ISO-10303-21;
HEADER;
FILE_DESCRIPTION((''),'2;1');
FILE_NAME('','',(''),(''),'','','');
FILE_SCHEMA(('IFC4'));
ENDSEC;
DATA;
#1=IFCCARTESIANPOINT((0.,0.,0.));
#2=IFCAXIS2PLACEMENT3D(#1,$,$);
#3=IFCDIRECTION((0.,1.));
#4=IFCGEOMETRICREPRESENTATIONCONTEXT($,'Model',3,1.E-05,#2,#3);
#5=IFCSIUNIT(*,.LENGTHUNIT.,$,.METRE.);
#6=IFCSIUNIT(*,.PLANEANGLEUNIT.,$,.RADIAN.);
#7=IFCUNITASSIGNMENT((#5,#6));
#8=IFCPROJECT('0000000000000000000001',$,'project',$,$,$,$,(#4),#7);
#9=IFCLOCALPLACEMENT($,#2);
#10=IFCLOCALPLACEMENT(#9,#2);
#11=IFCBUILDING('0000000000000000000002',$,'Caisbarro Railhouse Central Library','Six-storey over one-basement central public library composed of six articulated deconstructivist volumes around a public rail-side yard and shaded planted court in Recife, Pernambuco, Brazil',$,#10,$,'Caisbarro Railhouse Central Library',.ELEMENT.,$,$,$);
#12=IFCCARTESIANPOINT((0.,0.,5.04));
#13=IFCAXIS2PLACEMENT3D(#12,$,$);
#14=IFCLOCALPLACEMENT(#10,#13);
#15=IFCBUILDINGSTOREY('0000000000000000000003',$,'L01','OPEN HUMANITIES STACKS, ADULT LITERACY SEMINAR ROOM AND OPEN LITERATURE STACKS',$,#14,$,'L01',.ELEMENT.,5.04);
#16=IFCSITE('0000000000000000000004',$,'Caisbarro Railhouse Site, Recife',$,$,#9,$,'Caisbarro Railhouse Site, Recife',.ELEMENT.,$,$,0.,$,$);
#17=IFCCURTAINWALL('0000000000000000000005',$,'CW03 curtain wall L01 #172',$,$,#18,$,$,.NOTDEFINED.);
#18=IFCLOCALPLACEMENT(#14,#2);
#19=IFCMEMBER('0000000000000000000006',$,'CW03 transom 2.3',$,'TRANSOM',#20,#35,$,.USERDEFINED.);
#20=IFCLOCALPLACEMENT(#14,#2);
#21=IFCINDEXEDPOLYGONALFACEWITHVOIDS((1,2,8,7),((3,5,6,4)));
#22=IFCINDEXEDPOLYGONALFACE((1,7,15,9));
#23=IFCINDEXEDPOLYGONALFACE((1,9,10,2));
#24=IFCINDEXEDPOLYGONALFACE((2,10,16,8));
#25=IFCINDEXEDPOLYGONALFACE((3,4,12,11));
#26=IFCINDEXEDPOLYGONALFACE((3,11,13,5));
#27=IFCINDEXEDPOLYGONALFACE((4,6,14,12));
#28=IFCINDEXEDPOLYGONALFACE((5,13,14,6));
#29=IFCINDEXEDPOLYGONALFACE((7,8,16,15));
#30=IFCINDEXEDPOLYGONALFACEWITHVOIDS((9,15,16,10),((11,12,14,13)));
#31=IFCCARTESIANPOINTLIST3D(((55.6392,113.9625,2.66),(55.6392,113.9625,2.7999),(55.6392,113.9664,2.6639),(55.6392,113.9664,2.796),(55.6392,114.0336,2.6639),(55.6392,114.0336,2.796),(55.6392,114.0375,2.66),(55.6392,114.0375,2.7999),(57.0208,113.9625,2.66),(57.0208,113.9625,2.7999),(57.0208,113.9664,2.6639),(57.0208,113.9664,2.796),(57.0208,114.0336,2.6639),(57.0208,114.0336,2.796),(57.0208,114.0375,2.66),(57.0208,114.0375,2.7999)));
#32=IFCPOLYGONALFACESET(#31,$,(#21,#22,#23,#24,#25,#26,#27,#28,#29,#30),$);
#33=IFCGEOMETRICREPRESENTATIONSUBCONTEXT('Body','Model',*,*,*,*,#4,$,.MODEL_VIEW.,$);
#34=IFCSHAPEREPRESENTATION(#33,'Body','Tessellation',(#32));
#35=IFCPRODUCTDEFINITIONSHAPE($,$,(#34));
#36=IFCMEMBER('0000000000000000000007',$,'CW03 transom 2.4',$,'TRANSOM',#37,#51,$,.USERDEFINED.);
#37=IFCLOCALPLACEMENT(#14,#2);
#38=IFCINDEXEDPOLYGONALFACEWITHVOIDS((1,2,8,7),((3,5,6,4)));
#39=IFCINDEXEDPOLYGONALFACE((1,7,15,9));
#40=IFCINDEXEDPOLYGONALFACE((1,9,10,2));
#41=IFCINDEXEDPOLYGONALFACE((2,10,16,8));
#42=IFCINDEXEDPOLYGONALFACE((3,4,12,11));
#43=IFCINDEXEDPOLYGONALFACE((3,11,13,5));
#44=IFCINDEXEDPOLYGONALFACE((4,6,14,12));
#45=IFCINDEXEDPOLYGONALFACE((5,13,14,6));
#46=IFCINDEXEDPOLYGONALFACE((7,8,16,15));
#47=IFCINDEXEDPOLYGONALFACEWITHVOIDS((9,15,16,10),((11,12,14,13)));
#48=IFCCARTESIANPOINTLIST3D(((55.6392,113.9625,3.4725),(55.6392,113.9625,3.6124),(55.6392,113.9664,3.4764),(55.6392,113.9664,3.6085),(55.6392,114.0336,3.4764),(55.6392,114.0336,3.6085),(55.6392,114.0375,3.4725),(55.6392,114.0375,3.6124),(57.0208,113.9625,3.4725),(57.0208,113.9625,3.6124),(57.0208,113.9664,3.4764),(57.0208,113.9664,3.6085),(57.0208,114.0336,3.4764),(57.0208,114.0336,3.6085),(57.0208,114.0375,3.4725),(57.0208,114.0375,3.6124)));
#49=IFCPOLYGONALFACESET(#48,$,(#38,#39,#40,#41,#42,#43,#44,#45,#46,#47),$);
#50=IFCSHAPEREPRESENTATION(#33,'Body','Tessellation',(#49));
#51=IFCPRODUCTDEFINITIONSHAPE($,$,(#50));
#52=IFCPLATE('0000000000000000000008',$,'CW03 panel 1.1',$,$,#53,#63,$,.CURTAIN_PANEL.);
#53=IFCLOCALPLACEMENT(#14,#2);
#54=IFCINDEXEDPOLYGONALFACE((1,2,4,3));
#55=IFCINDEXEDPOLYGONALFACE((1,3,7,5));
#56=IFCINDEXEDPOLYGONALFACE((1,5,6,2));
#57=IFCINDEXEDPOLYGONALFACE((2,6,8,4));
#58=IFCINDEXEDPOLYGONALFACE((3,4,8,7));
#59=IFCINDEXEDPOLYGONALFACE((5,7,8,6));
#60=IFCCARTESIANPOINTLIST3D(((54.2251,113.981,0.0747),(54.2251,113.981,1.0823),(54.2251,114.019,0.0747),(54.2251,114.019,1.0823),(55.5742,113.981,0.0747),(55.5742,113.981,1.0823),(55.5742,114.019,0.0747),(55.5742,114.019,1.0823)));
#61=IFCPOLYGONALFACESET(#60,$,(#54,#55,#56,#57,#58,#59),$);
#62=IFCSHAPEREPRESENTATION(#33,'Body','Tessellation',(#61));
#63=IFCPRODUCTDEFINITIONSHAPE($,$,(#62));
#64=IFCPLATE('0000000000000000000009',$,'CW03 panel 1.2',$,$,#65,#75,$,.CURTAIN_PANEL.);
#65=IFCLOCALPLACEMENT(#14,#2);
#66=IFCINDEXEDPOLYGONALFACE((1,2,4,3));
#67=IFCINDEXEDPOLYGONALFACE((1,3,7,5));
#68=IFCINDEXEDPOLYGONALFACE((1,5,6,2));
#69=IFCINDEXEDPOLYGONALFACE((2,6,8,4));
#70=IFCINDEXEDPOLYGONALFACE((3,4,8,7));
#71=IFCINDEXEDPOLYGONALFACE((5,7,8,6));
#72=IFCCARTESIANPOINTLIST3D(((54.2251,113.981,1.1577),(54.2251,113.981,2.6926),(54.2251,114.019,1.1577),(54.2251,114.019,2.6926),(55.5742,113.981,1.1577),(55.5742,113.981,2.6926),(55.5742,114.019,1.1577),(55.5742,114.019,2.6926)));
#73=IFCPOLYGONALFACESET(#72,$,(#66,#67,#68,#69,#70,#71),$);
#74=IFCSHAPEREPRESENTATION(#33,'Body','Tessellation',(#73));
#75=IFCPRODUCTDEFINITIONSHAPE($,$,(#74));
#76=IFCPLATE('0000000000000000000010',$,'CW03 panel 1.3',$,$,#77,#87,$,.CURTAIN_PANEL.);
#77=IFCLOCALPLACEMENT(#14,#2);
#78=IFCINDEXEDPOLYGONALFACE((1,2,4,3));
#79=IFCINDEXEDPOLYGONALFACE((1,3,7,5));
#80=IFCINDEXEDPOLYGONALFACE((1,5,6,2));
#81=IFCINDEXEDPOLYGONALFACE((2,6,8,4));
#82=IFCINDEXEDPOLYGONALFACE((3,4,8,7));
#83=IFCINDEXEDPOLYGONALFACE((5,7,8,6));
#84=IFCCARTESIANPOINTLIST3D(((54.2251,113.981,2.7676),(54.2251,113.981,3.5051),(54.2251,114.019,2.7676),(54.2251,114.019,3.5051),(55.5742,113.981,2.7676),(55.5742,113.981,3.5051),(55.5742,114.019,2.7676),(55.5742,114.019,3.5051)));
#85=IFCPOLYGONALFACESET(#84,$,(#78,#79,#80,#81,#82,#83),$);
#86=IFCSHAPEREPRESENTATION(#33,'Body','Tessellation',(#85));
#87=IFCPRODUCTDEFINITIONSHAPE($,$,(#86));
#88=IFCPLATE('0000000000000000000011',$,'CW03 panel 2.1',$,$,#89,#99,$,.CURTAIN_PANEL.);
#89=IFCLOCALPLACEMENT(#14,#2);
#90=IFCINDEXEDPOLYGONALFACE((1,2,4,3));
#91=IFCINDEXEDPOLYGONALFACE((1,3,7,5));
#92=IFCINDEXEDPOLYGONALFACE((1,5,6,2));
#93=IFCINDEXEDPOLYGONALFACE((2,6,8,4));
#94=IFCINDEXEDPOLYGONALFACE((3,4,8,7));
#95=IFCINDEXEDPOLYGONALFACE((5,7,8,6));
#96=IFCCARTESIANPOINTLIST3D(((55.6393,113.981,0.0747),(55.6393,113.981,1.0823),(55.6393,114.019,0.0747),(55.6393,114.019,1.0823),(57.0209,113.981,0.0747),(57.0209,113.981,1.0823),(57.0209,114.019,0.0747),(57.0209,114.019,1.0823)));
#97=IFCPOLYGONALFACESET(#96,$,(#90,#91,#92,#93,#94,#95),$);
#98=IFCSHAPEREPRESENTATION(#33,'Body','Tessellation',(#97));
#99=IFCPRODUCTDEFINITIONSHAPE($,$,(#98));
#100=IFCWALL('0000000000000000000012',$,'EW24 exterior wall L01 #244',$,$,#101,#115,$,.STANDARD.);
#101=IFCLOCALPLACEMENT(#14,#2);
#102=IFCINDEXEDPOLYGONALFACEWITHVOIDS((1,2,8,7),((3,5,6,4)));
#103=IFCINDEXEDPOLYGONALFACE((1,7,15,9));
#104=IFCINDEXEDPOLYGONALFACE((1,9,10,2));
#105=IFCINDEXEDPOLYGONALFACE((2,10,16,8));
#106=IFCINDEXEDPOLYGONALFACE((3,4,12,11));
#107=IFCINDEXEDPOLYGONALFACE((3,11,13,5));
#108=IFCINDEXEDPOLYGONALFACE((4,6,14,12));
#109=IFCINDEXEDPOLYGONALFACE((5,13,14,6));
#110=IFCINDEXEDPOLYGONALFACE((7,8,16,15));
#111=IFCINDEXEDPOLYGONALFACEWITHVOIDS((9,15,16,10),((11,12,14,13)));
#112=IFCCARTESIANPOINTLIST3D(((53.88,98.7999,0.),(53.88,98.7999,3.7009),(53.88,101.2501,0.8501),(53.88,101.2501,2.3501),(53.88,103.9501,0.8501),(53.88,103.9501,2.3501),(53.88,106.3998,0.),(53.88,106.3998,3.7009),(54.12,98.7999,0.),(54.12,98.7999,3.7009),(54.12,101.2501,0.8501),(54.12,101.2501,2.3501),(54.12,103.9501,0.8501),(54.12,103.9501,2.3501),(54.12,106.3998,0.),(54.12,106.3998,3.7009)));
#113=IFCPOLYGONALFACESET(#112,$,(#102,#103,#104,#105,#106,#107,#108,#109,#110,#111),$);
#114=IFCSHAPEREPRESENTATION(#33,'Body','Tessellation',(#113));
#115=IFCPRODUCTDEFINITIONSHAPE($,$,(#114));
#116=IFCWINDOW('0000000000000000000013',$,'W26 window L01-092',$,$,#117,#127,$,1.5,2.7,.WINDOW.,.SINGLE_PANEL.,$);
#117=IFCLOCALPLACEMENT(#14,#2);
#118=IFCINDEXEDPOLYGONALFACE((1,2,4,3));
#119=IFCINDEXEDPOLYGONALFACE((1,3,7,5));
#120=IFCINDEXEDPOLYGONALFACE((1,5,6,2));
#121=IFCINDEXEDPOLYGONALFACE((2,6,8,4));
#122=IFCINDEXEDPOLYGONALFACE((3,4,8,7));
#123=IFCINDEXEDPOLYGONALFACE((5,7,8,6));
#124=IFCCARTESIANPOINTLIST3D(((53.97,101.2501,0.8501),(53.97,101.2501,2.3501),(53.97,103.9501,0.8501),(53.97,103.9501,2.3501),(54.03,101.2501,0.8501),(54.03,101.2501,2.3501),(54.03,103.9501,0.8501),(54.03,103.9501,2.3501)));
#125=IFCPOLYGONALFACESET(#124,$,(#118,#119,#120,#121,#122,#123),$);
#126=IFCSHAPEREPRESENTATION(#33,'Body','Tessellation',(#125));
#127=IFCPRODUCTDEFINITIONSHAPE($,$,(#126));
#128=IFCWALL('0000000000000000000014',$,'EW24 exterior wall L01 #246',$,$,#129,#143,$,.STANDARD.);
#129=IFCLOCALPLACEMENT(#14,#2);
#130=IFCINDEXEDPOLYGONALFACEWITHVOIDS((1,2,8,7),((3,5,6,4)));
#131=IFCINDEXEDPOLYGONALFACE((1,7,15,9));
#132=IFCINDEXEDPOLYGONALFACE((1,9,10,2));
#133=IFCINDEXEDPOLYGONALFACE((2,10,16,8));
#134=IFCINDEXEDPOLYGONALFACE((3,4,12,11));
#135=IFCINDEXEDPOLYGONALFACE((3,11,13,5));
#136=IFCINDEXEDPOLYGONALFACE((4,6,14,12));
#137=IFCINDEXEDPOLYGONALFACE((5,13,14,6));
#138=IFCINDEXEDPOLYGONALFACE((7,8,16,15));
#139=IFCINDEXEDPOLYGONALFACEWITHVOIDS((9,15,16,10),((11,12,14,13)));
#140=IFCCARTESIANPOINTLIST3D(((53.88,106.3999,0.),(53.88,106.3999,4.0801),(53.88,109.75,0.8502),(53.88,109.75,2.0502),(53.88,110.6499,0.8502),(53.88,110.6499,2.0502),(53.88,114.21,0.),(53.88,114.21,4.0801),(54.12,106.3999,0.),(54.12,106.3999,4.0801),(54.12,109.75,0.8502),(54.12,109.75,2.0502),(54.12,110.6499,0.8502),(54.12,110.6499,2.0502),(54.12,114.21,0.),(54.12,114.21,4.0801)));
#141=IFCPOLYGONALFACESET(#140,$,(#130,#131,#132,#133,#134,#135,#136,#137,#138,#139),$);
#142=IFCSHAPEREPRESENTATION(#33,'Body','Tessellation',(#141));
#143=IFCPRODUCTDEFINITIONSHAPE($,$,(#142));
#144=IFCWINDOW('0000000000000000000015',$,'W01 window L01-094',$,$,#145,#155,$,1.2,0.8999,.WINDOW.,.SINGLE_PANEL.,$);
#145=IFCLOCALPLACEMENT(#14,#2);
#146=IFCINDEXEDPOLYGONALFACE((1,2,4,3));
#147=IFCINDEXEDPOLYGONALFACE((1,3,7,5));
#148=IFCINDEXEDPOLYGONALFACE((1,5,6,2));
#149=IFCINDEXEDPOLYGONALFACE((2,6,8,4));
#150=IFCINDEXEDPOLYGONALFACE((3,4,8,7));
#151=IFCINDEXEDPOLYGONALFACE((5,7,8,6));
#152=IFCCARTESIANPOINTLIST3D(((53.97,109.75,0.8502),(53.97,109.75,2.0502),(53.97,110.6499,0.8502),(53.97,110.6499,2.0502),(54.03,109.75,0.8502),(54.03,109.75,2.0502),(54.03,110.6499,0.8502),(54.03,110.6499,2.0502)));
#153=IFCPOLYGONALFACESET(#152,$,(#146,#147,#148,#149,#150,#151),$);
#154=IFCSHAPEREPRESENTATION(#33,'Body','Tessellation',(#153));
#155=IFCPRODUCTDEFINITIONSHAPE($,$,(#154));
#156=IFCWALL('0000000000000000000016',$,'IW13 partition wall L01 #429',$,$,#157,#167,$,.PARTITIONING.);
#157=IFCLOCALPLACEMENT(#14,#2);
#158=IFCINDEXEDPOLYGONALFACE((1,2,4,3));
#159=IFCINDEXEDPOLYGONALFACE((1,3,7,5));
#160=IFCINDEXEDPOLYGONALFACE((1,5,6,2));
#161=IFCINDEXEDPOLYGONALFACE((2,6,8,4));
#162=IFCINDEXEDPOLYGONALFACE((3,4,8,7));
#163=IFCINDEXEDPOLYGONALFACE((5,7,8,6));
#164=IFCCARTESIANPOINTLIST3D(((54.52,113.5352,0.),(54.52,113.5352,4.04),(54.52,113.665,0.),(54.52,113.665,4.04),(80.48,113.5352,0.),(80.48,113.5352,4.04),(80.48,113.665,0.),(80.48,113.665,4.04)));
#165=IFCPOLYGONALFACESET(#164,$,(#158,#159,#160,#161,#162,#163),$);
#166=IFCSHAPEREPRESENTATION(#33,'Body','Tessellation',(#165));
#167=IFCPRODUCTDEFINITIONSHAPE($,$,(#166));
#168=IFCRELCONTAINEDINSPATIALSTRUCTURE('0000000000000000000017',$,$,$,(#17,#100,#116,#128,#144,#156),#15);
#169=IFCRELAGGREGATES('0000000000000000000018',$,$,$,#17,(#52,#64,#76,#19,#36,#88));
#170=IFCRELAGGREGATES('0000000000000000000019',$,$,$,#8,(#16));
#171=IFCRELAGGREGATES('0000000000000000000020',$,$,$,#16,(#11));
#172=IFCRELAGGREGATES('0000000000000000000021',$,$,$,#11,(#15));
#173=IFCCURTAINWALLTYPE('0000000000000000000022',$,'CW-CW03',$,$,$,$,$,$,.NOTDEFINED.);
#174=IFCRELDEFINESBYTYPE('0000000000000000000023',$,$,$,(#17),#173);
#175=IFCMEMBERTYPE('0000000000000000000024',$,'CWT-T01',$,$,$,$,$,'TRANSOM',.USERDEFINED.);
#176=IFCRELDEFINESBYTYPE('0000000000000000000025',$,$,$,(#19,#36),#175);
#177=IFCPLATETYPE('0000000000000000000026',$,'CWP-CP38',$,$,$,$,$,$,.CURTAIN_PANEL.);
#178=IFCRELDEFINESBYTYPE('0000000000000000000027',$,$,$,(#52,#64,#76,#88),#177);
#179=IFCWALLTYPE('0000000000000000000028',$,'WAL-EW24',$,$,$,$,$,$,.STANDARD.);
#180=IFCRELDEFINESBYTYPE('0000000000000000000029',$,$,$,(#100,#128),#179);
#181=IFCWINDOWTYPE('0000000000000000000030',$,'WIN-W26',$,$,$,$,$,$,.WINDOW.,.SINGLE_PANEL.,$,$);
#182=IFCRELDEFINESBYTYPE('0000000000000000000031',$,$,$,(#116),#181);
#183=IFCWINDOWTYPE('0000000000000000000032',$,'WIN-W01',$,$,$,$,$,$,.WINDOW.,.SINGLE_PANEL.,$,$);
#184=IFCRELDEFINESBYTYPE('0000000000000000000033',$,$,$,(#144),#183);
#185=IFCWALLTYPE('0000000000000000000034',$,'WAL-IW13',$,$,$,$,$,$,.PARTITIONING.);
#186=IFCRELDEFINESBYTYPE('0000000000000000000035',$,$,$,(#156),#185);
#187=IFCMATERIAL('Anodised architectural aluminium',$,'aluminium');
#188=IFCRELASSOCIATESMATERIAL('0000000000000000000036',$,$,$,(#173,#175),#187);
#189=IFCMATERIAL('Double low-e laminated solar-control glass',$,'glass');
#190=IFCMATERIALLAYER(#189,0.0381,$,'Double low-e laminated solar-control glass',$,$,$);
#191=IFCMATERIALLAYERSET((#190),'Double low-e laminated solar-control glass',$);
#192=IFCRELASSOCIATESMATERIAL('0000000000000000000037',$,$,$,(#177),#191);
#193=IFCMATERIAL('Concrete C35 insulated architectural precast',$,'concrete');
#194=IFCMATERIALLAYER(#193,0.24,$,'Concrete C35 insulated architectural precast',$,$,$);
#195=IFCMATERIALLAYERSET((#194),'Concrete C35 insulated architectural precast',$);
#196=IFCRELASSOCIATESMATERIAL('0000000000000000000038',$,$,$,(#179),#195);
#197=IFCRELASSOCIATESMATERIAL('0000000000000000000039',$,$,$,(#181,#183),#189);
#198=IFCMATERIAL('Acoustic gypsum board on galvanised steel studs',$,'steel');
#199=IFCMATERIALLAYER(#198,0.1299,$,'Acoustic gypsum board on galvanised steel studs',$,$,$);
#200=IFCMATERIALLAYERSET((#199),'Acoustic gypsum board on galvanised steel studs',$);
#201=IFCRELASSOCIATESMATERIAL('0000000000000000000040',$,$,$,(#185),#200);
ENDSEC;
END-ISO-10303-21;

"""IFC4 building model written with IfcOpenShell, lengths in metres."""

from ifc_helpers import new_model, si_unit, direction, frame, frame_2d, origin, origin_2d, place, context, subcontext, project, spatial, rectangle, hollow_rectangle, extrude, material, layer, layer_set, material_profile, profile_set, type_object, element, fill, aggregate, save


model = new_model("IFC4")

# Units and contexts
model_context = context("Model", 3, precision=1e-05, world=origin(), true_north=direction((0.0, 1.0)))
body_context = subcontext(model_context, "Body", "Model", "MODEL_VIEW")
ifc_project = project(units=[si_unit("LENGTHUNIT", "METRE"), si_unit("PLANEANGLEUNIT", "RADIAN")], contexts=[model_context])

# Site, building, storey
site_placement = place(None, origin())
site = spatial("IfcSite", under=ifc_project, at=site_placement, Name="Caisbarro Railhouse Site, Recife", LongName="Caisbarro Railhouse Site, Recife", CompositionType="ELEMENT", RefElevation=0.0)
building_placement = place(site_placement, origin())
building = spatial("IfcBuilding", under=site, at=building_placement, Name="Caisbarro Railhouse Central Library", Description="Six-storey over one-basement central public library composed of six articulated deconstructivist volumes around a public rail-side yard and shaded planted court in Recife, Pernambuco, Brazil", LongName="Caisbarro Railhouse Central Library", CompositionType="ELEMENT")
storey_placement = place(building_placement, frame((0.0, 0.0, 5.04)))
storey = spatial("IfcBuildingStorey", under=building, at=storey_placement, Name="L01", Description="OPEN HUMANITIES STACKS, ADULT LITERACY SEMINAR ROOM AND OPEN LITERATURE STACKS", LongName="L01", CompositionType="ELEMENT", Elevation=5.04)

# Curtain wall, members, plates
ifc_material_1 = material(Name="Anodised architectural aluminium", Category="aluminium")
curtain_wall_type = type_object("IfcCurtainWallType", Name="CW-CW03", PredefinedType="NOTDEFINED", material=ifc_material_1)
curtain_wall_placement = place(storey_placement, origin())
curtain_wall = element("IfcCurtainWall", 1, at=curtain_wall_placement, inside=storey, type_object=curtain_wall_type, Name="CW03 curtain wall L01 #172", PredefinedType="NOTDEFINED")
ifc_material_profile_1 = material_profile(ifc_material_1, hollow_rectangle(XDim=0.075, YDim=0.1399, WallThickness=0.0039, at=origin_2d()), Name="ALU-TRN-75X140")
ifc_profile_set_1 = profile_set([ifc_material_profile_1], Name="Anodised architectural aluminium")
member_type_1 = type_object("IfcMemberType", Name="CWT-T01", ElementType="TRANSOM", PredefinedType="USERDEFINED", material=ifc_profile_set_1)
member_1_placement = place(storey_placement, frame((55.6392, 114.0, 2.73), z_axis=(1.0, 0.0, 0.0), x_axis=(0.0, 1.0, 0.0)))
member_1 = element("IfcMember", 2, at=member_1_placement, type_object=member_type_1, Name="CW03 transom 2.3", ObjectType="TRANSOM", PredefinedType="USERDEFINED", context=body_context, shape_type="SweptSolid", body=[
    extrude(hollow_rectangle(XDim=0.075, YDim=0.1399, WallThickness=0.0039, at=origin_2d()), origin(), (0.0, 0.0, 1.0), 1.3816),
])
member_2_placement = place(storey_placement, frame((55.6392, 114.0, 3.5425), z_axis=(1.0, 0.0, 0.0), x_axis=(0.0, 1.0, 0.0)))
member_2 = element("IfcMember", 3, at=member_2_placement, type_object=member_type_1, Name="CW03 transom 2.4", ObjectType="TRANSOM", PredefinedType="USERDEFINED", context=body_context, shape_type="SweptSolid", body=[
    extrude(hollow_rectangle(XDim=0.075, YDim=0.1399, WallThickness=0.0039, at=origin_2d()), origin(), (0.0, 0.0, 1.0), 1.3816),
])
ifc_material_2 = material(Name="Double low-e laminated solar-control glass", Category="glass")
ifc_layer_1 = layer(ifc_material_2, 0.0381, Name="Double low-e laminated solar-control glass")
ifc_layer_set_1 = layer_set([ifc_layer_1], Name="Double low-e laminated solar-control glass")
plate_type = type_object("IfcPlateType", Name="CWP-CP38", PredefinedType="CURTAIN_PANEL", material=ifc_layer_set_1)
plate_1_placement = place(storey_placement, frame((54.8997, 114.0, 0.0747), z_axis=(0.0, 0.0, 1.0), x_axis=(1.0, 0.0, 0.0)))
plate_1 = element("IfcPlate", 4, at=plate_1_placement, type_object=plate_type, Name="CW03 panel 1.1", PredefinedType="CURTAIN_PANEL", context=body_context, shape_type="SweptSolid", body=[
    extrude(rectangle(XDim=1.3491, YDim=0.0381, at=origin_2d()), origin(), (0.0, 0.0, 1.0), 1.0076),
])
plate_2_placement = place(storey_placement, frame((54.8997, 114.0, 1.1577), z_axis=(0.0, 0.0, 1.0), x_axis=(1.0, 0.0, 0.0)))
plate_2 = element("IfcPlate", 5, at=plate_2_placement, type_object=plate_type, Name="CW03 panel 1.2", PredefinedType="CURTAIN_PANEL", context=body_context, shape_type="SweptSolid", body=[
    extrude(rectangle(XDim=1.3491, YDim=0.0381, at=origin_2d()), origin(), (0.0, 0.0, 1.0), 1.5349),
])
plate_3_placement = place(storey_placement, frame((54.8997, 114.0, 2.7676), z_axis=(0.0, 0.0, 1.0), x_axis=(1.0, 0.0, 0.0)))
plate_3 = element("IfcPlate", 6, at=plate_3_placement, type_object=plate_type, Name="CW03 panel 1.3", PredefinedType="CURTAIN_PANEL", context=body_context, shape_type="SweptSolid", body=[
    extrude(rectangle(XDim=1.3491, YDim=0.0381, at=origin_2d()), origin(), (0.0, 0.0, 1.0), 0.7375),
])
plate_4_placement = place(storey_placement, frame((56.3301, 114.0, 0.0747), z_axis=(0.0, 0.0, 1.0), x_axis=(1.0, 0.0, 0.0)))
plate_4 = element("IfcPlate", 7, at=plate_4_placement, type_object=plate_type, Name="CW03 panel 2.1", PredefinedType="CURTAIN_PANEL", context=body_context, shape_type="SweptSolid", body=[
    extrude(rectangle(XDim=1.3816, YDim=0.0381, at=origin_2d()), origin(), (0.0, 0.0, 1.0), 1.0076),
])
aggregate(curtain_wall, [plate_1, plate_2, plate_3, member_1, member_2, plate_4])

# Walls, openings, windows
ifc_material_3 = material(Name="Concrete C35 insulated architectural precast", Category="concrete")
ifc_layer_2 = layer(ifc_material_3, 0.24, Name="Concrete C35 insulated architectural precast")
ifc_layer_set_2 = layer_set([ifc_layer_2], Name="Concrete C35 insulated architectural precast")
wall_type_1 = type_object("IfcWallType", Name="WAL-EW24", PredefinedType="STANDARD", material=ifc_layer_set_2)
wall_1_placement = place(storey_placement, frame((54.0, 98.8, 0.0), z_axis=(0.0, 0.0, 1.0), x_axis=(0.0, 1.0, 0.0)))
wall_1 = element("IfcWall", 8, at=wall_1_placement, inside=storey, type_object=wall_type_1, Name="EW24 exterior wall L01 #244", PredefinedType="STANDARD", context=body_context, shape_type="SweptSolid", body=[
    extrude(rectangle(XDim=7.5999, YDim=0.24, at=frame_2d((3.7998, 0.0))), origin(), (0.0, 0.0, 1.0), 3.7009),
])
opening_1_placement = place(wall_1_placement, frame((2.45, 0.0, 0.8501)))
opening_1 = element("IfcOpeningElement", 9, at=opening_1_placement, cuts=wall_1, PredefinedType="OPENING", context=body_context, shape_type="SweptSolid", body=[
    extrude(rectangle(XDim=2.7, YDim=1.5, at=frame_2d((1.3501, 0.75))), frame((0.0, 0.1299, 0.0), z_axis=(0.0, -1.0, 0.0), x_axis=(1.0, 0.0, 0.0)), (0.0, 0.0, 1.0), 0.26),
])
window_type_1 = type_object("IfcWindowType", Name="WIN-W26", PartitioningType="SINGLE_PANEL", PredefinedType="WINDOW", material=ifc_material_2)
window_1_placement = place(opening_1_placement, origin())
window_1 = element("IfcWindow", 10, at=window_1_placement, inside=storey, type_object=window_type_1, Name="W26 window L01-092", OverallHeight=1.5, OverallWidth=2.7, PartitioningType="SINGLE_PANEL", PredefinedType="WINDOW", context=body_context, shape_type="SweptSolid", body=[
    extrude(rectangle(XDim=2.7, YDim=1.5, at=frame_2d((1.3501, 0.75))), frame((0.0, 0.03, 0.0), z_axis=(0.0, -1.0, 0.0), x_axis=(1.0, 0.0, 0.0)), (0.0, 0.0, 1.0), 0.0601),
])
fill(opening_1, window_1)
wall_2_placement = place(storey_placement, frame((54.0, 106.3999, 0.0), z_axis=(0.0, 0.0, 1.0), x_axis=(0.0, 1.0, 0.0)))
wall_2 = element("IfcWall", 11, at=wall_2_placement, inside=storey, type_object=wall_type_1, Name="EW24 exterior wall L01 #246", PredefinedType="STANDARD", context=body_context, shape_type="SweptSolid", body=[
    extrude(rectangle(XDim=7.8101, YDim=0.24, at=frame_2d((3.905, 0.0))), origin(), (0.0, 0.0, 1.0), 4.0801),
])
opening_2_placement = place(wall_2_placement, frame((3.3501, 0.0, 0.8501)))
opening_2 = element("IfcOpeningElement", 12, at=opening_2_placement, cuts=wall_2, PredefinedType="OPENING", context=body_context, shape_type="SweptSolid", body=[
    extrude(rectangle(XDim=0.8999, YDim=1.2, at=frame_2d((0.45, 0.6001))), frame((0.0, 0.1299, 0.0), z_axis=(0.0, -1.0, 0.0), x_axis=(1.0, 0.0, 0.0)), (0.0, 0.0, 1.0), 0.26),
])
window_type_2 = type_object("IfcWindowType", Name="WIN-W01", PartitioningType="SINGLE_PANEL", PredefinedType="WINDOW", material=ifc_material_2)
window_2_placement = place(opening_2_placement, origin())
window_2 = element("IfcWindow", 13, at=window_2_placement, inside=storey, type_object=window_type_2, Name="W01 window L01-094", OverallHeight=1.2, OverallWidth=0.8999, PartitioningType="SINGLE_PANEL", PredefinedType="WINDOW", context=body_context, shape_type="SweptSolid", body=[
    extrude(rectangle(XDim=0.8999, YDim=1.2, at=frame_2d((0.45, 0.6001))), frame((0.0, 0.03, 0.0), z_axis=(0.0, -1.0, 0.0), x_axis=(1.0, 0.0, 0.0)), (0.0, 0.0, 1.0), 0.0601),
])
fill(opening_2, window_2)

# Wall
ifc_material_4 = material(Name="Acoustic gypsum board on galvanised steel studs", Category="steel")
ifc_layer_3 = layer(ifc_material_4, 0.1299, Name="Acoustic gypsum board on galvanised steel studs")
ifc_layer_set_3 = layer_set([ifc_layer_3], Name="Acoustic gypsum board on galvanised steel studs")
wall_type_2 = type_object("IfcWallType", Name="WAL-IW13", PredefinedType="PARTITIONING", material=ifc_layer_set_3)
wall_3_placement = place(storey_placement, frame((54.52, 113.6001, 0.0), z_axis=(0.0, 0.0, 1.0), x_axis=(1.0, 0.0, 0.0)))
element("IfcWall", 14, at=wall_3_placement, inside=storey, type_object=wall_type_2, Name="IW13 partition wall L01 #429", PredefinedType="PARTITIONING", context=body_context, shape_type="SweptSolid", body=[
    extrude(rectangle(XDim=25.96, YDim=0.1299, at=frame_2d((12.98, 0.0))), origin(), (0.0, 0.0, 1.0), 4.04),
])

save(model, "model.ifc")
